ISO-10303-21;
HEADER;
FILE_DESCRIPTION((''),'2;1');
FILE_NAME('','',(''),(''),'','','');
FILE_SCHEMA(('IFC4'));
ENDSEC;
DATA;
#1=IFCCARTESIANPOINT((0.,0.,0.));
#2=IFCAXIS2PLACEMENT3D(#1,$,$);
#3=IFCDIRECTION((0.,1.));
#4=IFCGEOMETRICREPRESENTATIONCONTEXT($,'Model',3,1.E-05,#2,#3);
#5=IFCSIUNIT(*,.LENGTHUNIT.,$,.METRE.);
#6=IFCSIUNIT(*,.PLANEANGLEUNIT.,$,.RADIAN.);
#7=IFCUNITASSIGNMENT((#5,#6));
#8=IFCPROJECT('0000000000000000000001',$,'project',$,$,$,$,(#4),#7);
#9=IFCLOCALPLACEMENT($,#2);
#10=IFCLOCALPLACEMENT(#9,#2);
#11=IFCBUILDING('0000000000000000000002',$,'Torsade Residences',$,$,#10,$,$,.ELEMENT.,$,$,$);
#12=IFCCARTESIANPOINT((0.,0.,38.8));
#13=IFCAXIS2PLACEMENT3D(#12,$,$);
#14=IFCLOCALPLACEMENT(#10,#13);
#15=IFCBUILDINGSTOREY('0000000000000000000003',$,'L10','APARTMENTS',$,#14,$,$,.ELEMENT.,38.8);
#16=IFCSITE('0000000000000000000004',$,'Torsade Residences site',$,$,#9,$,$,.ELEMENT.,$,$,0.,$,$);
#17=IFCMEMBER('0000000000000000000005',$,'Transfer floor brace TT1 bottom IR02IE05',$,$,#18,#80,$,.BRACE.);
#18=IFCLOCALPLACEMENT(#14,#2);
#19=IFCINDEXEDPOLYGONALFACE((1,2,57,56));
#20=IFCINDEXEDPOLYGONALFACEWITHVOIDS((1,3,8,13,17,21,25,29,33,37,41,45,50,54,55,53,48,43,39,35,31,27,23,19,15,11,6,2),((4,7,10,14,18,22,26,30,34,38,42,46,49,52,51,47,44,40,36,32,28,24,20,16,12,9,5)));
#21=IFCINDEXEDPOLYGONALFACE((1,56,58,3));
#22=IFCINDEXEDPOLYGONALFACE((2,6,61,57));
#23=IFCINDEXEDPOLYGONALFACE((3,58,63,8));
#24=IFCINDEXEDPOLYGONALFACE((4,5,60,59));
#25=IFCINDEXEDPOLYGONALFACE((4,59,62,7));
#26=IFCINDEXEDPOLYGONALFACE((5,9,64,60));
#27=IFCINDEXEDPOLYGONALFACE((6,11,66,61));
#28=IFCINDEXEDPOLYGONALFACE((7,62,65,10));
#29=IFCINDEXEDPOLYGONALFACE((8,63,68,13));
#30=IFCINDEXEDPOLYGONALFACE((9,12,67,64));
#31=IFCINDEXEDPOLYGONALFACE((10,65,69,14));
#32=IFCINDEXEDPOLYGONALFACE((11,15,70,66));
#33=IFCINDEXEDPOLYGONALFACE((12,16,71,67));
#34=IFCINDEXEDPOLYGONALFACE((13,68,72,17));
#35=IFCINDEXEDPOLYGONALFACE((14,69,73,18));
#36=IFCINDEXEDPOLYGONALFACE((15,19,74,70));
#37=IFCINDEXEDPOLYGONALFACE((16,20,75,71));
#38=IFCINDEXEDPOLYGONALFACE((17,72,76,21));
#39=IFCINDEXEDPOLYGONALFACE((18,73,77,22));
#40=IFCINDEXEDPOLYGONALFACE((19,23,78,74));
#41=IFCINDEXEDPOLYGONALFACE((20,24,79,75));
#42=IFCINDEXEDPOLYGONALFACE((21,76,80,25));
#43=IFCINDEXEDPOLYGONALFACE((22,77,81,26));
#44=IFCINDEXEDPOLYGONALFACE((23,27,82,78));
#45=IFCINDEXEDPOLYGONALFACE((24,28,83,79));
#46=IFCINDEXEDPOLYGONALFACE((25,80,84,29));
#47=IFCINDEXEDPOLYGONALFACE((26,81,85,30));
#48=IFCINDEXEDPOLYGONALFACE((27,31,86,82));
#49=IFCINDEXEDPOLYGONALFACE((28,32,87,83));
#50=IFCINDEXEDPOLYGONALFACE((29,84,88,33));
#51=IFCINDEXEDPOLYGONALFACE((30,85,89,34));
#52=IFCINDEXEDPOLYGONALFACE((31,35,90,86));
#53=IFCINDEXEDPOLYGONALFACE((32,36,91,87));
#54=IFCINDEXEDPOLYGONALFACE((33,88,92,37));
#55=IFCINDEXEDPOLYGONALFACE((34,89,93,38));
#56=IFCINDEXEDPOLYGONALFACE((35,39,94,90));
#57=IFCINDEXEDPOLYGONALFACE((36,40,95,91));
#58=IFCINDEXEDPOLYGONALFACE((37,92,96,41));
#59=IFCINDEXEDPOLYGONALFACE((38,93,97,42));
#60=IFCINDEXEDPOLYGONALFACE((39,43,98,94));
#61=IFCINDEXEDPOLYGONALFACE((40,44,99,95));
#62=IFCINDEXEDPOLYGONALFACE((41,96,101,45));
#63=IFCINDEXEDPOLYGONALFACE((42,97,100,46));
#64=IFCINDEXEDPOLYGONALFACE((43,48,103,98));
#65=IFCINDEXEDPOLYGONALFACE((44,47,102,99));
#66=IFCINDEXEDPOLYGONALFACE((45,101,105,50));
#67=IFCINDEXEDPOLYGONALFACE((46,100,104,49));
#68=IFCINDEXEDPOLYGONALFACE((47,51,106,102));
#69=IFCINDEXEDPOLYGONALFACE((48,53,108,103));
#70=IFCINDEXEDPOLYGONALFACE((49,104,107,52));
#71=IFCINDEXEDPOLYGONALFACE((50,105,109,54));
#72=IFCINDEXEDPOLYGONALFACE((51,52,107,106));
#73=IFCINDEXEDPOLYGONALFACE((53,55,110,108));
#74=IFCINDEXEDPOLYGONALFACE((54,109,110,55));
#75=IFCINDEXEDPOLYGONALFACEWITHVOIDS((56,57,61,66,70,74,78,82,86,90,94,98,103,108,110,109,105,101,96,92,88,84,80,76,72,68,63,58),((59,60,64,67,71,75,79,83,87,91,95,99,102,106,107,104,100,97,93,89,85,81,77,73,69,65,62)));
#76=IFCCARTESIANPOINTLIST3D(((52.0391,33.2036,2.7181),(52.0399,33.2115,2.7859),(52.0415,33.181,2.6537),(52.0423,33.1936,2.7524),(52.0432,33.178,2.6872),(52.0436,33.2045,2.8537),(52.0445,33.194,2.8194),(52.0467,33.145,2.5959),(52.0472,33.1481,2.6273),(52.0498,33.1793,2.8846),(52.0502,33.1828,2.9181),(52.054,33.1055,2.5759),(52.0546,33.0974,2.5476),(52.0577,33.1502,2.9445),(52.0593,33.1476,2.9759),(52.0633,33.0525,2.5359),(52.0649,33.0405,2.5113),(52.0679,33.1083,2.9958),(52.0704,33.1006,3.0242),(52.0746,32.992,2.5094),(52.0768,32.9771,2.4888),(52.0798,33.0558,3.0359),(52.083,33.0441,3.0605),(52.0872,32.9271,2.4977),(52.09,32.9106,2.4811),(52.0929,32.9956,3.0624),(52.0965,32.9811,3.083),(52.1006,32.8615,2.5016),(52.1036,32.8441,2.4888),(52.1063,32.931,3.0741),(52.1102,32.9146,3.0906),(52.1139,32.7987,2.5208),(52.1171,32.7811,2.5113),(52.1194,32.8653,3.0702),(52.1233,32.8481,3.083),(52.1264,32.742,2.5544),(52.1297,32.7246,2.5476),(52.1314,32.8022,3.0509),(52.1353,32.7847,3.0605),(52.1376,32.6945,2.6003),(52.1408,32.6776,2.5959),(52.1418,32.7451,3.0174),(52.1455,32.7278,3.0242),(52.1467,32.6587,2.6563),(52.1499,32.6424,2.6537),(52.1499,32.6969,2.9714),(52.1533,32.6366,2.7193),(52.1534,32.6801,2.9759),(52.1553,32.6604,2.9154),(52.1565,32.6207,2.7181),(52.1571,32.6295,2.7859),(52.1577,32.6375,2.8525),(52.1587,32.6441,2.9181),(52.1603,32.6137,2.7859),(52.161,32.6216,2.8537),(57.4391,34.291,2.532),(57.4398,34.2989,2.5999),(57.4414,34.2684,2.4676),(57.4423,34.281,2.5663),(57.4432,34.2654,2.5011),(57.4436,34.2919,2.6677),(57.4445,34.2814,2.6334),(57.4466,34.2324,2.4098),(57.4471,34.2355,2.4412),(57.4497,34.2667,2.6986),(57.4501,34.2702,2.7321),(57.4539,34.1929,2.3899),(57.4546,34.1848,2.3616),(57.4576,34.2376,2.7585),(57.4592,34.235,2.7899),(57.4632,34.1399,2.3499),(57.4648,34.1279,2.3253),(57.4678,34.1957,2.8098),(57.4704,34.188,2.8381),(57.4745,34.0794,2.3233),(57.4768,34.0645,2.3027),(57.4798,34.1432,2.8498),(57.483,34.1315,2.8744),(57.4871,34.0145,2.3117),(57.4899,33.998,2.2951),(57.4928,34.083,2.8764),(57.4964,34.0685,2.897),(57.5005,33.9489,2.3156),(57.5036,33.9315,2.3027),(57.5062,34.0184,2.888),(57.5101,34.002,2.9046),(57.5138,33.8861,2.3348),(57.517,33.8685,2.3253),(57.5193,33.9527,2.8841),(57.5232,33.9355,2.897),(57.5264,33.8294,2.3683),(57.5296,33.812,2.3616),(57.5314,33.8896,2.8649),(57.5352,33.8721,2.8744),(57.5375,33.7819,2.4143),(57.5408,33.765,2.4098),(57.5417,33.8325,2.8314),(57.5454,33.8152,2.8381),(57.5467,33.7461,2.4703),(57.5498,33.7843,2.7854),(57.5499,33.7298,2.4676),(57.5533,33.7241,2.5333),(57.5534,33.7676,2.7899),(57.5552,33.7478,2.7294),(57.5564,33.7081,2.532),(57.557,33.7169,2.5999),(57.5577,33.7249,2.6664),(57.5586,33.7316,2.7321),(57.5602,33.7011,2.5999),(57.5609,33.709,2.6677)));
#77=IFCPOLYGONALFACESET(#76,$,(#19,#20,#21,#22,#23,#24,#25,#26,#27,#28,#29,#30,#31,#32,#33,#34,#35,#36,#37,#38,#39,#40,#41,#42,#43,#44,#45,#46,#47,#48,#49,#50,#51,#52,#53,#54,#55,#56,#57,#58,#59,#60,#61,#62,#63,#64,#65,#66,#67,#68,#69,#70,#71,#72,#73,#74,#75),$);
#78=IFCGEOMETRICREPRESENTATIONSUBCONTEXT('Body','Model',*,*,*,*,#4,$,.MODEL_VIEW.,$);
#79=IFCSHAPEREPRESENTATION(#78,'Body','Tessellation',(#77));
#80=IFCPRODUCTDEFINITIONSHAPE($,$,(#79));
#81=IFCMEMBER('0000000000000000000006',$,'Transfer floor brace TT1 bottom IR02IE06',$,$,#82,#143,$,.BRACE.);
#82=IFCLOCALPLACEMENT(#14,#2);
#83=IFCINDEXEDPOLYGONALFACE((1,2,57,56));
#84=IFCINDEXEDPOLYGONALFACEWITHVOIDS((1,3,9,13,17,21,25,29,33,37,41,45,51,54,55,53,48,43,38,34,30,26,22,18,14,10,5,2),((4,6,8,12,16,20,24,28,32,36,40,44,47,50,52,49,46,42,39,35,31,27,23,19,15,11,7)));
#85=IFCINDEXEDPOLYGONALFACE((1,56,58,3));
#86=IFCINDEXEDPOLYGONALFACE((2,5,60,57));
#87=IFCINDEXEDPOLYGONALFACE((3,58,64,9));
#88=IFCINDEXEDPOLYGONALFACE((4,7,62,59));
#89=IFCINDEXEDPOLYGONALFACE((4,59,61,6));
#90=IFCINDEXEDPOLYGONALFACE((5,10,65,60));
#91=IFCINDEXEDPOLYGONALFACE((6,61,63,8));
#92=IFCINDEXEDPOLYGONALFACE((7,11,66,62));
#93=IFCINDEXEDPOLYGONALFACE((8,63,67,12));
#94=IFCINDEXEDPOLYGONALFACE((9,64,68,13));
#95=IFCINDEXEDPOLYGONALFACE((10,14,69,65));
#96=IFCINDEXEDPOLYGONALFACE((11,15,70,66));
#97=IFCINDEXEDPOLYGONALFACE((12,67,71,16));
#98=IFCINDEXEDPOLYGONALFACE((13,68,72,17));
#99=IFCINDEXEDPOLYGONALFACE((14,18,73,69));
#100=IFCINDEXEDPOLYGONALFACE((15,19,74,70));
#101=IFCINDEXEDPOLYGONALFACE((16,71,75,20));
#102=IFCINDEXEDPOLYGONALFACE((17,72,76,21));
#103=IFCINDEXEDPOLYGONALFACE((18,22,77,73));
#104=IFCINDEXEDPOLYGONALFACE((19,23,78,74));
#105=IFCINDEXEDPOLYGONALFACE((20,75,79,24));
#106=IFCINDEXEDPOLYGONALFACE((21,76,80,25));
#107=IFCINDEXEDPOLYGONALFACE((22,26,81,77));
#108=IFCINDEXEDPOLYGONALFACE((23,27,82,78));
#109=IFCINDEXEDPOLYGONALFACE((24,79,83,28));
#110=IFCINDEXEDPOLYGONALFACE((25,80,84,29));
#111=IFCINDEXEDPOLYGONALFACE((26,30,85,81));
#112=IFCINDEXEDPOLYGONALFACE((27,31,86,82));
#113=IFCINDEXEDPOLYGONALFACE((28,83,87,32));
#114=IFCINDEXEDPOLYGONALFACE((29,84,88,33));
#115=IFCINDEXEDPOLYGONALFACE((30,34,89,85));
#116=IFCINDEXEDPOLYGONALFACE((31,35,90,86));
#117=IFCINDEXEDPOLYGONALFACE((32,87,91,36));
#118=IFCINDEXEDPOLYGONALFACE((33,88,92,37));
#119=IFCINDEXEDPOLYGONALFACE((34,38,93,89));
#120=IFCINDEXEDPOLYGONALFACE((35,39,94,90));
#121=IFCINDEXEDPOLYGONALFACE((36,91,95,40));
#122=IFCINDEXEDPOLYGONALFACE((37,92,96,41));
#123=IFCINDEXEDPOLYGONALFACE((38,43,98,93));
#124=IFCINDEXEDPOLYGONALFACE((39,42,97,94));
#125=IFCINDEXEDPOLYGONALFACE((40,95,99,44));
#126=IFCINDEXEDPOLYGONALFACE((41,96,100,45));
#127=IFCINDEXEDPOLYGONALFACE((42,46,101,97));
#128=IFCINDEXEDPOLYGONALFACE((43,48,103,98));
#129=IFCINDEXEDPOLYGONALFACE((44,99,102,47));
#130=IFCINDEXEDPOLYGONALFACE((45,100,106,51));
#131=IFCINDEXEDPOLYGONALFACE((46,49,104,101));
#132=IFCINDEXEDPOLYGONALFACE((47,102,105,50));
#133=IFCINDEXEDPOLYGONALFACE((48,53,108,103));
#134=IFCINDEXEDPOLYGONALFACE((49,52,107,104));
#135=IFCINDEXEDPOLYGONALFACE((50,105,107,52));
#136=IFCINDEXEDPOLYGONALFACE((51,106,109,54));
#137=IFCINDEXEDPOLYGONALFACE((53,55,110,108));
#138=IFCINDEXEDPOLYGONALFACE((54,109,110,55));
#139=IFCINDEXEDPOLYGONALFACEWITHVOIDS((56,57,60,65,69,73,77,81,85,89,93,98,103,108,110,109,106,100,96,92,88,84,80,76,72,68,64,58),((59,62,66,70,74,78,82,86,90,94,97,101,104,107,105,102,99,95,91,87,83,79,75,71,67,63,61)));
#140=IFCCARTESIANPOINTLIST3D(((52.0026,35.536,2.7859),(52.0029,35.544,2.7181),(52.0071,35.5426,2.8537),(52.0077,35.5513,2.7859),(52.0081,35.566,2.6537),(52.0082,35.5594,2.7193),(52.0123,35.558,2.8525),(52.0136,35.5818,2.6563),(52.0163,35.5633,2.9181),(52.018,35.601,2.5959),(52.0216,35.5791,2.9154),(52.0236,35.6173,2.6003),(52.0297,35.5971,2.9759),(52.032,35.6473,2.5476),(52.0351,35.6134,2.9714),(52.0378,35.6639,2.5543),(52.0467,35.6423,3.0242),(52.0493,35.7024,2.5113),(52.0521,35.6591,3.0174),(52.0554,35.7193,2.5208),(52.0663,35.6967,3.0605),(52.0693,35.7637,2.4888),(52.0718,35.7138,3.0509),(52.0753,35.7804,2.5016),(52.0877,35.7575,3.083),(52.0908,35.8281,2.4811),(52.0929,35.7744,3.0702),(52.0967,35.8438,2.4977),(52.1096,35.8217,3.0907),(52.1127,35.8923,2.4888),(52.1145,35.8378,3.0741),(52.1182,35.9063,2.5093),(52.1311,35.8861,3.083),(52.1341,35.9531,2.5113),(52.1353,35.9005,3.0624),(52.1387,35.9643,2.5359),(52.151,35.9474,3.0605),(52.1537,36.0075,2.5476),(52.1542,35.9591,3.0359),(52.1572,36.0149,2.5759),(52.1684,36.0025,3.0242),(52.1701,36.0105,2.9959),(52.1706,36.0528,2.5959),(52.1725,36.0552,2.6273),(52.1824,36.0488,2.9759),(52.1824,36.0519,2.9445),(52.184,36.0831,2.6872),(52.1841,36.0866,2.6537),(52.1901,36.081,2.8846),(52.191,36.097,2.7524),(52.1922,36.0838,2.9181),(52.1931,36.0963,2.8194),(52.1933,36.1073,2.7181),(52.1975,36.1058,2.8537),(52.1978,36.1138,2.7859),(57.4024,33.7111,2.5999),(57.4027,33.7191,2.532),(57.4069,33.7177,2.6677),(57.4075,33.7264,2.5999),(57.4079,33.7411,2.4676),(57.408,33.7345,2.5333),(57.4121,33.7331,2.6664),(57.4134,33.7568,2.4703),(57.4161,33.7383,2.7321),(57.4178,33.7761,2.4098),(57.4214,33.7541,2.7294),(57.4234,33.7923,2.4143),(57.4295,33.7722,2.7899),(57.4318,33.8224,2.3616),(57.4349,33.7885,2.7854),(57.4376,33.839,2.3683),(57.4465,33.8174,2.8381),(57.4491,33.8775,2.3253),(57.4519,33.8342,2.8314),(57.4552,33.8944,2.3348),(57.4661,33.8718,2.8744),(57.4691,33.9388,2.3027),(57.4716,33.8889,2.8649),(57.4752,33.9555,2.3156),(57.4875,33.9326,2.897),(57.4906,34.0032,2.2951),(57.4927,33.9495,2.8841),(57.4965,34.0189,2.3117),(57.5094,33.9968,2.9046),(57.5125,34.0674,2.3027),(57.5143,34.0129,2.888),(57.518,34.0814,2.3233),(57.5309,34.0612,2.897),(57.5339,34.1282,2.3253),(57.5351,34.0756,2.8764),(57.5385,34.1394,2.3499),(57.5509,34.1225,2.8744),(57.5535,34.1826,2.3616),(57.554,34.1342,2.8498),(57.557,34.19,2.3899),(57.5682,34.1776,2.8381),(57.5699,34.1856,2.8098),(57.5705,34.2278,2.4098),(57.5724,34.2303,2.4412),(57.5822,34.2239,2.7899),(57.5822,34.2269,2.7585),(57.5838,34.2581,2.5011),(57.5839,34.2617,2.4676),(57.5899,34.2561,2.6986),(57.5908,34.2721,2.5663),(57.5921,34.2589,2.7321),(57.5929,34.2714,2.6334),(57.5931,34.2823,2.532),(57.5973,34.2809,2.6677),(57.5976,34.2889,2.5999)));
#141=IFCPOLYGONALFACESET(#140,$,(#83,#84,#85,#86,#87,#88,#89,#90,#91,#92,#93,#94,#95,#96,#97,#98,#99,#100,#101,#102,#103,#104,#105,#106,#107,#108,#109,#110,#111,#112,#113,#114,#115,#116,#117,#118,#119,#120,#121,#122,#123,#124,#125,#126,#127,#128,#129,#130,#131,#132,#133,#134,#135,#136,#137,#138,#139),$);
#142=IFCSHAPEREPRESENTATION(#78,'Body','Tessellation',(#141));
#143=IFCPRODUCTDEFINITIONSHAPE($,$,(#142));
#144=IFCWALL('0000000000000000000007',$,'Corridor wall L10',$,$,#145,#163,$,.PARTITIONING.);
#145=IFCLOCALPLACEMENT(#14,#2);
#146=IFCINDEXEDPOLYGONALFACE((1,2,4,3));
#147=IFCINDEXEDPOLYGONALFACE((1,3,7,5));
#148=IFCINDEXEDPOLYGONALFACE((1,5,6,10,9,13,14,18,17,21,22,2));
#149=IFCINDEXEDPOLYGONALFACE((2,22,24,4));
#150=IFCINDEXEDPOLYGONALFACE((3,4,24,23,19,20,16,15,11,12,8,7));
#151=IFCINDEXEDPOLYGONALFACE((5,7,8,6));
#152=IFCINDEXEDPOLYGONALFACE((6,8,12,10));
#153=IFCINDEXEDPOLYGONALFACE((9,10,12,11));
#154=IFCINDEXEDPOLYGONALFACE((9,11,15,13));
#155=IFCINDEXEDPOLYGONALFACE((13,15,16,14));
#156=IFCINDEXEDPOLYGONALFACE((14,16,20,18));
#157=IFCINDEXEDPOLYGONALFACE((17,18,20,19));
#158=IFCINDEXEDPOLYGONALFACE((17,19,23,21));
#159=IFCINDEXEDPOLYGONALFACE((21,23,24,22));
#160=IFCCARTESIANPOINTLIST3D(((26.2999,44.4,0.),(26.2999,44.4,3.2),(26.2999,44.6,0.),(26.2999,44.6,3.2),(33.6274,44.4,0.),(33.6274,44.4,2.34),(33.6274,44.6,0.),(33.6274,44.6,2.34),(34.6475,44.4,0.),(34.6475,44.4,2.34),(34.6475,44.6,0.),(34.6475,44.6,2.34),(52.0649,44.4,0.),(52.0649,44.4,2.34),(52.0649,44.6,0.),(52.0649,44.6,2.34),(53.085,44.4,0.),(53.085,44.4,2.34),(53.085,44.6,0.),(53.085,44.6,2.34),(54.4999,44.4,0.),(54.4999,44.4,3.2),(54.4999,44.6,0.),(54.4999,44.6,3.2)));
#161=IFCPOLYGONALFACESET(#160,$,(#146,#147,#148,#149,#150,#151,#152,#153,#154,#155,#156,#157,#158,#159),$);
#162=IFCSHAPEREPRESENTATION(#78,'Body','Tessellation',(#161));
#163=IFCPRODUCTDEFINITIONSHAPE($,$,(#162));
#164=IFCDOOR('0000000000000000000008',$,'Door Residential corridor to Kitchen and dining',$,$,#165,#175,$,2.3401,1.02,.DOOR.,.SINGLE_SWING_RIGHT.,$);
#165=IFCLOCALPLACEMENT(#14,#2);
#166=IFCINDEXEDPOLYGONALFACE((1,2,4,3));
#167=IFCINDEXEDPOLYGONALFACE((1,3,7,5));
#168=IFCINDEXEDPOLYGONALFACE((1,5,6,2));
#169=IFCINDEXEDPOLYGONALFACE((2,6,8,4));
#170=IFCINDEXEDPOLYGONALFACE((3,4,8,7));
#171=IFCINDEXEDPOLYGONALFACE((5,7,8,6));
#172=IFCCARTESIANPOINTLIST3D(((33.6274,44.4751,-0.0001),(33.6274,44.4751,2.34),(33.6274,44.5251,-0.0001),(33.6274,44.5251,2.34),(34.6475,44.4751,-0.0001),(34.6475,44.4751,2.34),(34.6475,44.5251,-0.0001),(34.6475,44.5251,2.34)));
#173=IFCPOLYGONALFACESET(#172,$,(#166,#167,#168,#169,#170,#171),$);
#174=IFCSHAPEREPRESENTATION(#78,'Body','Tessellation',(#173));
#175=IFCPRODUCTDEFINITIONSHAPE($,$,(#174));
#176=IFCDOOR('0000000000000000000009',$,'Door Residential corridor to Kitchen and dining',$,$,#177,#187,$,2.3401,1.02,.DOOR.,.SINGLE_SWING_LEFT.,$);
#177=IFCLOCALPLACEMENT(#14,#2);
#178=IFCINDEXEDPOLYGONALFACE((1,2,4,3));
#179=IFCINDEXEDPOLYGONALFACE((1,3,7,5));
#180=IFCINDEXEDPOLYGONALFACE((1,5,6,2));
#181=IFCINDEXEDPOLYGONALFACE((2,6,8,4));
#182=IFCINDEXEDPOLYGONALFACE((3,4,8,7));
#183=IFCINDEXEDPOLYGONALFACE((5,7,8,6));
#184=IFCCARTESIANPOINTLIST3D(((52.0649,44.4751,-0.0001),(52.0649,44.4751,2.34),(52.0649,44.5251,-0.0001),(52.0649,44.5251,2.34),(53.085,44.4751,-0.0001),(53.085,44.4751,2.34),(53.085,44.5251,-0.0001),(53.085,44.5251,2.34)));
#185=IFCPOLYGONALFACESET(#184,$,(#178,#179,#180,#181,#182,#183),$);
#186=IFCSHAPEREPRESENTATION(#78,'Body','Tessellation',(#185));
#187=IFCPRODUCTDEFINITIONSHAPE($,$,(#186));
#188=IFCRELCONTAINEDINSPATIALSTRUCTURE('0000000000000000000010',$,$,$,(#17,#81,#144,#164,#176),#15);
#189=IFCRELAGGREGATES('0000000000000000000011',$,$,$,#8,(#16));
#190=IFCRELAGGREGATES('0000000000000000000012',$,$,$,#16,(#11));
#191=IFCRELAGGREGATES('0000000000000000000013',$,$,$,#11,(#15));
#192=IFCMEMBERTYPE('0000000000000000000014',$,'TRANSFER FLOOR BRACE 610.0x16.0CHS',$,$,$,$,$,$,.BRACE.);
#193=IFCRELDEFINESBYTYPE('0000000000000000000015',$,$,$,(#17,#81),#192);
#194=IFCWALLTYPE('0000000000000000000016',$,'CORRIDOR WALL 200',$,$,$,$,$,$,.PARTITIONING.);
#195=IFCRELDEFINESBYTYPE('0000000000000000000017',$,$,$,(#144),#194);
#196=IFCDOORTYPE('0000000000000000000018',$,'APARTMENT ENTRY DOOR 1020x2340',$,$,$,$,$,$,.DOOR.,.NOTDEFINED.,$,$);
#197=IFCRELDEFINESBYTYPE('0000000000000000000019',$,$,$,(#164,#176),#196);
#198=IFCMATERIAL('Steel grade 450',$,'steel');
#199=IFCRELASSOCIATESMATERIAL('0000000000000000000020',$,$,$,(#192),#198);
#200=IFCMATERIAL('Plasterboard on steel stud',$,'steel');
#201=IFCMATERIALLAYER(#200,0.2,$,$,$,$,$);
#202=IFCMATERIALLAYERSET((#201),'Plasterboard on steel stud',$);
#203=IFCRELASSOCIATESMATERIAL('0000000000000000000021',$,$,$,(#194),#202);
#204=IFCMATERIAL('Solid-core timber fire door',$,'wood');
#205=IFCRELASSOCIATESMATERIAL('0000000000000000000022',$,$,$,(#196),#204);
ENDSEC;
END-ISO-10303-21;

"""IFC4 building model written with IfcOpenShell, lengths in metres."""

from ifc_helpers import new_model, si_unit, direction, frame, frame_2d, origin, origin_2d, place, context, subcontext, project, spatial, rectangle, hollow_circle, extrude, material, layer, layer_set, material_profile, profile_set, type_object, element, fill, save


model = new_model("IFC4")

# Units and contexts
model_context = context("Model", 3, precision=1e-05, world=origin(), true_north=direction((0.0, 1.0)))
body_context = subcontext(model_context, "Body", "Model", "MODEL_VIEW")
ifc_project = project(units=[si_unit("LENGTHUNIT", "METRE"), si_unit("PLANEANGLEUNIT", "RADIAN")], contexts=[model_context])

# Site, building, storey
site_placement = place(None, origin())
site = spatial("IfcSite", under=ifc_project, at=site_placement, Name="Torsade Residences site", CompositionType="ELEMENT", RefElevation=0.0)
building_placement = place(site_placement, origin())
building = spatial("IfcBuilding", under=site, at=building_placement, Name="Torsade Residences", CompositionType="ELEMENT")
storey_placement = place(building_placement, frame((0.0, 0.0, 38.8)))
storey = spatial("IfcBuildingStorey", under=building, at=storey_placement, Name="L10", Description="APARTMENTS", CompositionType="ELEMENT", Elevation=38.8)

# Members
ifc_material_1 = material(Name="Steel grade 450", Category="steel")
ifc_material_profile_1 = material_profile(ifc_material_1, hollow_circle(Radius=0.3049, WallThickness=0.0161, at=origin_2d()), Name="610.0x16.0CHS")
ifc_profile_set_1 = profile_set([ifc_material_profile_1], Name="Steel grade 450")
member_type = type_object("IfcMemberType", Name="TRANSFER FLOOR BRACE 610.0x16.0CHS", PredefinedType="BRACE", material=ifc_profile_set_1)
member_1_placement = place(storey_placement, frame((57.5, 34.0, 2.5999), z_axis=(-0.979762, -0.197299, 0.033754), x_axis=(0.197412, -0.980321, 0.0)))
element("IfcMember", 1, at=member_1_placement, inside=storey, type_object=member_type, Name="Transfer floor brace TT1 bottom IR02IE05", PredefinedType="BRACE", context=body_context, shape_type="SweptSolid", body=[
    extrude(hollow_circle(Radius=0.3049, WallThickness=0.0161, at=origin_2d()), origin(), (0.0, 0.0, 1.0), 5.5115),
])
member_2_placement = place(storey_placement, frame((57.5, 34.0, 2.5999), z_axis=(-0.946856, 0.319999, 0.032621), x_axis=(-0.32017, -0.94736, 0.0)))
element("IfcMember", 2, at=member_2_placement, inside=storey, type_object=member_type, Name="Transfer floor brace TT1 bottom IR02IE06", PredefinedType="BRACE", context=body_context, shape_type="SweptSolid", body=[
    extrude(hollow_circle(Radius=0.3049, WallThickness=0.0161, at=origin_2d()), origin(), (0.0, 0.0, 1.0), 5.7029),
])

# Wall, openings, doors
ifc_material_2 = material(Name="Plasterboard on steel stud", Category="steel")
ifc_layer_1 = layer(ifc_material_2, 0.2)
ifc_layer_set_1 = layer_set([ifc_layer_1], Name="Plasterboard on steel stud")
wall_type_1 = type_object("IfcWallType", Name="CORRIDOR WALL 200", PredefinedType="PARTITIONING", material=ifc_layer_set_1)
wall_1_placement = place(storey_placement, frame((54.5, 44.5, 0.0), z_axis=(0.0, 0.0, 1.0), x_axis=(-1.0, 0.0, 0.0)))
wall_1 = element("IfcWall", 3, at=wall_1_placement, inside=storey, type_object=wall_type_1, Name="Corridor wall L10", PredefinedType="PARTITIONING", context=body_context, shape_type="SweptSolid", body=[
    extrude(rectangle(XDim=28.2, YDim=0.2, at=frame_2d((14.1001, 0.0))), origin(), (0.0, 0.0, 1.0), 3.2),
])
opening_1_placement = place(wall_1_placement, frame((19.8525, 0.0, 0.0)))
opening_1 = element("IfcOpeningElement", 4, at=opening_1_placement, cuts=wall_1, PredefinedType="OPENING", context=body_context, shape_type="SweptSolid", body=[
    extrude(rectangle(XDim=1.02, YDim=2.3401, at=frame_2d((0.51, 1.1699))), frame((0.0, 0.1099, 0.0), z_axis=(0.0, -1.0, 0.0), x_axis=(1.0, 0.0, 0.0)), (0.0, 0.0, 1.0), 0.22),
])
opening_2_placement = place(wall_1_placement, frame((1.415, 0.0, 0.0)))
opening_2 = element("IfcOpeningElement", 5, at=opening_2_placement, cuts=wall_1, PredefinedType="OPENING", context=body_context, shape_type="SweptSolid", body=[
    extrude(rectangle(XDim=1.02, YDim=2.3401, at=frame_2d((0.51, 1.1699))), frame((0.0, 0.1099, 0.0), z_axis=(0.0, -1.0, 0.0), x_axis=(1.0, 0.0, 0.0)), (0.0, 0.0, 1.0), 0.22),
])
ifc_material_3 = material(Name="Solid-core timber fire door", Category="wood")
door_type_1 = type_object("IfcDoorType", Name="APARTMENT ENTRY DOOR 1020x2340", OperationType="NOTDEFINED", PredefinedType="DOOR", material=ifc_material_3)
door_1_placement = place(opening_1_placement, origin())
door_1 = element("IfcDoor", 6, at=door_1_placement, inside=storey, type_object=door_type_1, Name="Door Residential corridor to Kitchen and dining", OperationType="SINGLE_SWING_RIGHT", OverallHeight=2.3401, OverallWidth=1.02, PredefinedType="DOOR", context=body_context, shape_type="SweptSolid", body=[
    extrude(rectangle(XDim=1.02, YDim=2.3401, at=frame_2d((0.51, 1.1699))), frame((0.0, 0.0249, 0.0), z_axis=(0.0, -1.0, 0.0), x_axis=(1.0, 0.0, 0.0)), (0.0, 0.0, 1.0), 0.05),
])
fill(opening_1, door_1)
door_2_placement = place(opening_2_placement, origin())
door_2 = element("IfcDoor", 7, at=door_2_placement, inside=storey, type_object=door_type_1, Name="Door Residential corridor to Kitchen and dining", OperationType="SINGLE_SWING_LEFT", OverallHeight=2.3401, OverallWidth=1.02, PredefinedType="DOOR", context=body_context, shape_type="SweptSolid", body=[
    extrude(rectangle(XDim=1.02, YDim=2.3401, at=frame_2d((0.51, 1.1699))), frame((0.0, 0.0249, 0.0), z_axis=(0.0, -1.0, 0.0), x_axis=(1.0, 0.0, 0.0)), (0.0, 0.0, 1.0), 0.05),
])
fill(opening_2, door_2)

save(model, "model.ifc")
